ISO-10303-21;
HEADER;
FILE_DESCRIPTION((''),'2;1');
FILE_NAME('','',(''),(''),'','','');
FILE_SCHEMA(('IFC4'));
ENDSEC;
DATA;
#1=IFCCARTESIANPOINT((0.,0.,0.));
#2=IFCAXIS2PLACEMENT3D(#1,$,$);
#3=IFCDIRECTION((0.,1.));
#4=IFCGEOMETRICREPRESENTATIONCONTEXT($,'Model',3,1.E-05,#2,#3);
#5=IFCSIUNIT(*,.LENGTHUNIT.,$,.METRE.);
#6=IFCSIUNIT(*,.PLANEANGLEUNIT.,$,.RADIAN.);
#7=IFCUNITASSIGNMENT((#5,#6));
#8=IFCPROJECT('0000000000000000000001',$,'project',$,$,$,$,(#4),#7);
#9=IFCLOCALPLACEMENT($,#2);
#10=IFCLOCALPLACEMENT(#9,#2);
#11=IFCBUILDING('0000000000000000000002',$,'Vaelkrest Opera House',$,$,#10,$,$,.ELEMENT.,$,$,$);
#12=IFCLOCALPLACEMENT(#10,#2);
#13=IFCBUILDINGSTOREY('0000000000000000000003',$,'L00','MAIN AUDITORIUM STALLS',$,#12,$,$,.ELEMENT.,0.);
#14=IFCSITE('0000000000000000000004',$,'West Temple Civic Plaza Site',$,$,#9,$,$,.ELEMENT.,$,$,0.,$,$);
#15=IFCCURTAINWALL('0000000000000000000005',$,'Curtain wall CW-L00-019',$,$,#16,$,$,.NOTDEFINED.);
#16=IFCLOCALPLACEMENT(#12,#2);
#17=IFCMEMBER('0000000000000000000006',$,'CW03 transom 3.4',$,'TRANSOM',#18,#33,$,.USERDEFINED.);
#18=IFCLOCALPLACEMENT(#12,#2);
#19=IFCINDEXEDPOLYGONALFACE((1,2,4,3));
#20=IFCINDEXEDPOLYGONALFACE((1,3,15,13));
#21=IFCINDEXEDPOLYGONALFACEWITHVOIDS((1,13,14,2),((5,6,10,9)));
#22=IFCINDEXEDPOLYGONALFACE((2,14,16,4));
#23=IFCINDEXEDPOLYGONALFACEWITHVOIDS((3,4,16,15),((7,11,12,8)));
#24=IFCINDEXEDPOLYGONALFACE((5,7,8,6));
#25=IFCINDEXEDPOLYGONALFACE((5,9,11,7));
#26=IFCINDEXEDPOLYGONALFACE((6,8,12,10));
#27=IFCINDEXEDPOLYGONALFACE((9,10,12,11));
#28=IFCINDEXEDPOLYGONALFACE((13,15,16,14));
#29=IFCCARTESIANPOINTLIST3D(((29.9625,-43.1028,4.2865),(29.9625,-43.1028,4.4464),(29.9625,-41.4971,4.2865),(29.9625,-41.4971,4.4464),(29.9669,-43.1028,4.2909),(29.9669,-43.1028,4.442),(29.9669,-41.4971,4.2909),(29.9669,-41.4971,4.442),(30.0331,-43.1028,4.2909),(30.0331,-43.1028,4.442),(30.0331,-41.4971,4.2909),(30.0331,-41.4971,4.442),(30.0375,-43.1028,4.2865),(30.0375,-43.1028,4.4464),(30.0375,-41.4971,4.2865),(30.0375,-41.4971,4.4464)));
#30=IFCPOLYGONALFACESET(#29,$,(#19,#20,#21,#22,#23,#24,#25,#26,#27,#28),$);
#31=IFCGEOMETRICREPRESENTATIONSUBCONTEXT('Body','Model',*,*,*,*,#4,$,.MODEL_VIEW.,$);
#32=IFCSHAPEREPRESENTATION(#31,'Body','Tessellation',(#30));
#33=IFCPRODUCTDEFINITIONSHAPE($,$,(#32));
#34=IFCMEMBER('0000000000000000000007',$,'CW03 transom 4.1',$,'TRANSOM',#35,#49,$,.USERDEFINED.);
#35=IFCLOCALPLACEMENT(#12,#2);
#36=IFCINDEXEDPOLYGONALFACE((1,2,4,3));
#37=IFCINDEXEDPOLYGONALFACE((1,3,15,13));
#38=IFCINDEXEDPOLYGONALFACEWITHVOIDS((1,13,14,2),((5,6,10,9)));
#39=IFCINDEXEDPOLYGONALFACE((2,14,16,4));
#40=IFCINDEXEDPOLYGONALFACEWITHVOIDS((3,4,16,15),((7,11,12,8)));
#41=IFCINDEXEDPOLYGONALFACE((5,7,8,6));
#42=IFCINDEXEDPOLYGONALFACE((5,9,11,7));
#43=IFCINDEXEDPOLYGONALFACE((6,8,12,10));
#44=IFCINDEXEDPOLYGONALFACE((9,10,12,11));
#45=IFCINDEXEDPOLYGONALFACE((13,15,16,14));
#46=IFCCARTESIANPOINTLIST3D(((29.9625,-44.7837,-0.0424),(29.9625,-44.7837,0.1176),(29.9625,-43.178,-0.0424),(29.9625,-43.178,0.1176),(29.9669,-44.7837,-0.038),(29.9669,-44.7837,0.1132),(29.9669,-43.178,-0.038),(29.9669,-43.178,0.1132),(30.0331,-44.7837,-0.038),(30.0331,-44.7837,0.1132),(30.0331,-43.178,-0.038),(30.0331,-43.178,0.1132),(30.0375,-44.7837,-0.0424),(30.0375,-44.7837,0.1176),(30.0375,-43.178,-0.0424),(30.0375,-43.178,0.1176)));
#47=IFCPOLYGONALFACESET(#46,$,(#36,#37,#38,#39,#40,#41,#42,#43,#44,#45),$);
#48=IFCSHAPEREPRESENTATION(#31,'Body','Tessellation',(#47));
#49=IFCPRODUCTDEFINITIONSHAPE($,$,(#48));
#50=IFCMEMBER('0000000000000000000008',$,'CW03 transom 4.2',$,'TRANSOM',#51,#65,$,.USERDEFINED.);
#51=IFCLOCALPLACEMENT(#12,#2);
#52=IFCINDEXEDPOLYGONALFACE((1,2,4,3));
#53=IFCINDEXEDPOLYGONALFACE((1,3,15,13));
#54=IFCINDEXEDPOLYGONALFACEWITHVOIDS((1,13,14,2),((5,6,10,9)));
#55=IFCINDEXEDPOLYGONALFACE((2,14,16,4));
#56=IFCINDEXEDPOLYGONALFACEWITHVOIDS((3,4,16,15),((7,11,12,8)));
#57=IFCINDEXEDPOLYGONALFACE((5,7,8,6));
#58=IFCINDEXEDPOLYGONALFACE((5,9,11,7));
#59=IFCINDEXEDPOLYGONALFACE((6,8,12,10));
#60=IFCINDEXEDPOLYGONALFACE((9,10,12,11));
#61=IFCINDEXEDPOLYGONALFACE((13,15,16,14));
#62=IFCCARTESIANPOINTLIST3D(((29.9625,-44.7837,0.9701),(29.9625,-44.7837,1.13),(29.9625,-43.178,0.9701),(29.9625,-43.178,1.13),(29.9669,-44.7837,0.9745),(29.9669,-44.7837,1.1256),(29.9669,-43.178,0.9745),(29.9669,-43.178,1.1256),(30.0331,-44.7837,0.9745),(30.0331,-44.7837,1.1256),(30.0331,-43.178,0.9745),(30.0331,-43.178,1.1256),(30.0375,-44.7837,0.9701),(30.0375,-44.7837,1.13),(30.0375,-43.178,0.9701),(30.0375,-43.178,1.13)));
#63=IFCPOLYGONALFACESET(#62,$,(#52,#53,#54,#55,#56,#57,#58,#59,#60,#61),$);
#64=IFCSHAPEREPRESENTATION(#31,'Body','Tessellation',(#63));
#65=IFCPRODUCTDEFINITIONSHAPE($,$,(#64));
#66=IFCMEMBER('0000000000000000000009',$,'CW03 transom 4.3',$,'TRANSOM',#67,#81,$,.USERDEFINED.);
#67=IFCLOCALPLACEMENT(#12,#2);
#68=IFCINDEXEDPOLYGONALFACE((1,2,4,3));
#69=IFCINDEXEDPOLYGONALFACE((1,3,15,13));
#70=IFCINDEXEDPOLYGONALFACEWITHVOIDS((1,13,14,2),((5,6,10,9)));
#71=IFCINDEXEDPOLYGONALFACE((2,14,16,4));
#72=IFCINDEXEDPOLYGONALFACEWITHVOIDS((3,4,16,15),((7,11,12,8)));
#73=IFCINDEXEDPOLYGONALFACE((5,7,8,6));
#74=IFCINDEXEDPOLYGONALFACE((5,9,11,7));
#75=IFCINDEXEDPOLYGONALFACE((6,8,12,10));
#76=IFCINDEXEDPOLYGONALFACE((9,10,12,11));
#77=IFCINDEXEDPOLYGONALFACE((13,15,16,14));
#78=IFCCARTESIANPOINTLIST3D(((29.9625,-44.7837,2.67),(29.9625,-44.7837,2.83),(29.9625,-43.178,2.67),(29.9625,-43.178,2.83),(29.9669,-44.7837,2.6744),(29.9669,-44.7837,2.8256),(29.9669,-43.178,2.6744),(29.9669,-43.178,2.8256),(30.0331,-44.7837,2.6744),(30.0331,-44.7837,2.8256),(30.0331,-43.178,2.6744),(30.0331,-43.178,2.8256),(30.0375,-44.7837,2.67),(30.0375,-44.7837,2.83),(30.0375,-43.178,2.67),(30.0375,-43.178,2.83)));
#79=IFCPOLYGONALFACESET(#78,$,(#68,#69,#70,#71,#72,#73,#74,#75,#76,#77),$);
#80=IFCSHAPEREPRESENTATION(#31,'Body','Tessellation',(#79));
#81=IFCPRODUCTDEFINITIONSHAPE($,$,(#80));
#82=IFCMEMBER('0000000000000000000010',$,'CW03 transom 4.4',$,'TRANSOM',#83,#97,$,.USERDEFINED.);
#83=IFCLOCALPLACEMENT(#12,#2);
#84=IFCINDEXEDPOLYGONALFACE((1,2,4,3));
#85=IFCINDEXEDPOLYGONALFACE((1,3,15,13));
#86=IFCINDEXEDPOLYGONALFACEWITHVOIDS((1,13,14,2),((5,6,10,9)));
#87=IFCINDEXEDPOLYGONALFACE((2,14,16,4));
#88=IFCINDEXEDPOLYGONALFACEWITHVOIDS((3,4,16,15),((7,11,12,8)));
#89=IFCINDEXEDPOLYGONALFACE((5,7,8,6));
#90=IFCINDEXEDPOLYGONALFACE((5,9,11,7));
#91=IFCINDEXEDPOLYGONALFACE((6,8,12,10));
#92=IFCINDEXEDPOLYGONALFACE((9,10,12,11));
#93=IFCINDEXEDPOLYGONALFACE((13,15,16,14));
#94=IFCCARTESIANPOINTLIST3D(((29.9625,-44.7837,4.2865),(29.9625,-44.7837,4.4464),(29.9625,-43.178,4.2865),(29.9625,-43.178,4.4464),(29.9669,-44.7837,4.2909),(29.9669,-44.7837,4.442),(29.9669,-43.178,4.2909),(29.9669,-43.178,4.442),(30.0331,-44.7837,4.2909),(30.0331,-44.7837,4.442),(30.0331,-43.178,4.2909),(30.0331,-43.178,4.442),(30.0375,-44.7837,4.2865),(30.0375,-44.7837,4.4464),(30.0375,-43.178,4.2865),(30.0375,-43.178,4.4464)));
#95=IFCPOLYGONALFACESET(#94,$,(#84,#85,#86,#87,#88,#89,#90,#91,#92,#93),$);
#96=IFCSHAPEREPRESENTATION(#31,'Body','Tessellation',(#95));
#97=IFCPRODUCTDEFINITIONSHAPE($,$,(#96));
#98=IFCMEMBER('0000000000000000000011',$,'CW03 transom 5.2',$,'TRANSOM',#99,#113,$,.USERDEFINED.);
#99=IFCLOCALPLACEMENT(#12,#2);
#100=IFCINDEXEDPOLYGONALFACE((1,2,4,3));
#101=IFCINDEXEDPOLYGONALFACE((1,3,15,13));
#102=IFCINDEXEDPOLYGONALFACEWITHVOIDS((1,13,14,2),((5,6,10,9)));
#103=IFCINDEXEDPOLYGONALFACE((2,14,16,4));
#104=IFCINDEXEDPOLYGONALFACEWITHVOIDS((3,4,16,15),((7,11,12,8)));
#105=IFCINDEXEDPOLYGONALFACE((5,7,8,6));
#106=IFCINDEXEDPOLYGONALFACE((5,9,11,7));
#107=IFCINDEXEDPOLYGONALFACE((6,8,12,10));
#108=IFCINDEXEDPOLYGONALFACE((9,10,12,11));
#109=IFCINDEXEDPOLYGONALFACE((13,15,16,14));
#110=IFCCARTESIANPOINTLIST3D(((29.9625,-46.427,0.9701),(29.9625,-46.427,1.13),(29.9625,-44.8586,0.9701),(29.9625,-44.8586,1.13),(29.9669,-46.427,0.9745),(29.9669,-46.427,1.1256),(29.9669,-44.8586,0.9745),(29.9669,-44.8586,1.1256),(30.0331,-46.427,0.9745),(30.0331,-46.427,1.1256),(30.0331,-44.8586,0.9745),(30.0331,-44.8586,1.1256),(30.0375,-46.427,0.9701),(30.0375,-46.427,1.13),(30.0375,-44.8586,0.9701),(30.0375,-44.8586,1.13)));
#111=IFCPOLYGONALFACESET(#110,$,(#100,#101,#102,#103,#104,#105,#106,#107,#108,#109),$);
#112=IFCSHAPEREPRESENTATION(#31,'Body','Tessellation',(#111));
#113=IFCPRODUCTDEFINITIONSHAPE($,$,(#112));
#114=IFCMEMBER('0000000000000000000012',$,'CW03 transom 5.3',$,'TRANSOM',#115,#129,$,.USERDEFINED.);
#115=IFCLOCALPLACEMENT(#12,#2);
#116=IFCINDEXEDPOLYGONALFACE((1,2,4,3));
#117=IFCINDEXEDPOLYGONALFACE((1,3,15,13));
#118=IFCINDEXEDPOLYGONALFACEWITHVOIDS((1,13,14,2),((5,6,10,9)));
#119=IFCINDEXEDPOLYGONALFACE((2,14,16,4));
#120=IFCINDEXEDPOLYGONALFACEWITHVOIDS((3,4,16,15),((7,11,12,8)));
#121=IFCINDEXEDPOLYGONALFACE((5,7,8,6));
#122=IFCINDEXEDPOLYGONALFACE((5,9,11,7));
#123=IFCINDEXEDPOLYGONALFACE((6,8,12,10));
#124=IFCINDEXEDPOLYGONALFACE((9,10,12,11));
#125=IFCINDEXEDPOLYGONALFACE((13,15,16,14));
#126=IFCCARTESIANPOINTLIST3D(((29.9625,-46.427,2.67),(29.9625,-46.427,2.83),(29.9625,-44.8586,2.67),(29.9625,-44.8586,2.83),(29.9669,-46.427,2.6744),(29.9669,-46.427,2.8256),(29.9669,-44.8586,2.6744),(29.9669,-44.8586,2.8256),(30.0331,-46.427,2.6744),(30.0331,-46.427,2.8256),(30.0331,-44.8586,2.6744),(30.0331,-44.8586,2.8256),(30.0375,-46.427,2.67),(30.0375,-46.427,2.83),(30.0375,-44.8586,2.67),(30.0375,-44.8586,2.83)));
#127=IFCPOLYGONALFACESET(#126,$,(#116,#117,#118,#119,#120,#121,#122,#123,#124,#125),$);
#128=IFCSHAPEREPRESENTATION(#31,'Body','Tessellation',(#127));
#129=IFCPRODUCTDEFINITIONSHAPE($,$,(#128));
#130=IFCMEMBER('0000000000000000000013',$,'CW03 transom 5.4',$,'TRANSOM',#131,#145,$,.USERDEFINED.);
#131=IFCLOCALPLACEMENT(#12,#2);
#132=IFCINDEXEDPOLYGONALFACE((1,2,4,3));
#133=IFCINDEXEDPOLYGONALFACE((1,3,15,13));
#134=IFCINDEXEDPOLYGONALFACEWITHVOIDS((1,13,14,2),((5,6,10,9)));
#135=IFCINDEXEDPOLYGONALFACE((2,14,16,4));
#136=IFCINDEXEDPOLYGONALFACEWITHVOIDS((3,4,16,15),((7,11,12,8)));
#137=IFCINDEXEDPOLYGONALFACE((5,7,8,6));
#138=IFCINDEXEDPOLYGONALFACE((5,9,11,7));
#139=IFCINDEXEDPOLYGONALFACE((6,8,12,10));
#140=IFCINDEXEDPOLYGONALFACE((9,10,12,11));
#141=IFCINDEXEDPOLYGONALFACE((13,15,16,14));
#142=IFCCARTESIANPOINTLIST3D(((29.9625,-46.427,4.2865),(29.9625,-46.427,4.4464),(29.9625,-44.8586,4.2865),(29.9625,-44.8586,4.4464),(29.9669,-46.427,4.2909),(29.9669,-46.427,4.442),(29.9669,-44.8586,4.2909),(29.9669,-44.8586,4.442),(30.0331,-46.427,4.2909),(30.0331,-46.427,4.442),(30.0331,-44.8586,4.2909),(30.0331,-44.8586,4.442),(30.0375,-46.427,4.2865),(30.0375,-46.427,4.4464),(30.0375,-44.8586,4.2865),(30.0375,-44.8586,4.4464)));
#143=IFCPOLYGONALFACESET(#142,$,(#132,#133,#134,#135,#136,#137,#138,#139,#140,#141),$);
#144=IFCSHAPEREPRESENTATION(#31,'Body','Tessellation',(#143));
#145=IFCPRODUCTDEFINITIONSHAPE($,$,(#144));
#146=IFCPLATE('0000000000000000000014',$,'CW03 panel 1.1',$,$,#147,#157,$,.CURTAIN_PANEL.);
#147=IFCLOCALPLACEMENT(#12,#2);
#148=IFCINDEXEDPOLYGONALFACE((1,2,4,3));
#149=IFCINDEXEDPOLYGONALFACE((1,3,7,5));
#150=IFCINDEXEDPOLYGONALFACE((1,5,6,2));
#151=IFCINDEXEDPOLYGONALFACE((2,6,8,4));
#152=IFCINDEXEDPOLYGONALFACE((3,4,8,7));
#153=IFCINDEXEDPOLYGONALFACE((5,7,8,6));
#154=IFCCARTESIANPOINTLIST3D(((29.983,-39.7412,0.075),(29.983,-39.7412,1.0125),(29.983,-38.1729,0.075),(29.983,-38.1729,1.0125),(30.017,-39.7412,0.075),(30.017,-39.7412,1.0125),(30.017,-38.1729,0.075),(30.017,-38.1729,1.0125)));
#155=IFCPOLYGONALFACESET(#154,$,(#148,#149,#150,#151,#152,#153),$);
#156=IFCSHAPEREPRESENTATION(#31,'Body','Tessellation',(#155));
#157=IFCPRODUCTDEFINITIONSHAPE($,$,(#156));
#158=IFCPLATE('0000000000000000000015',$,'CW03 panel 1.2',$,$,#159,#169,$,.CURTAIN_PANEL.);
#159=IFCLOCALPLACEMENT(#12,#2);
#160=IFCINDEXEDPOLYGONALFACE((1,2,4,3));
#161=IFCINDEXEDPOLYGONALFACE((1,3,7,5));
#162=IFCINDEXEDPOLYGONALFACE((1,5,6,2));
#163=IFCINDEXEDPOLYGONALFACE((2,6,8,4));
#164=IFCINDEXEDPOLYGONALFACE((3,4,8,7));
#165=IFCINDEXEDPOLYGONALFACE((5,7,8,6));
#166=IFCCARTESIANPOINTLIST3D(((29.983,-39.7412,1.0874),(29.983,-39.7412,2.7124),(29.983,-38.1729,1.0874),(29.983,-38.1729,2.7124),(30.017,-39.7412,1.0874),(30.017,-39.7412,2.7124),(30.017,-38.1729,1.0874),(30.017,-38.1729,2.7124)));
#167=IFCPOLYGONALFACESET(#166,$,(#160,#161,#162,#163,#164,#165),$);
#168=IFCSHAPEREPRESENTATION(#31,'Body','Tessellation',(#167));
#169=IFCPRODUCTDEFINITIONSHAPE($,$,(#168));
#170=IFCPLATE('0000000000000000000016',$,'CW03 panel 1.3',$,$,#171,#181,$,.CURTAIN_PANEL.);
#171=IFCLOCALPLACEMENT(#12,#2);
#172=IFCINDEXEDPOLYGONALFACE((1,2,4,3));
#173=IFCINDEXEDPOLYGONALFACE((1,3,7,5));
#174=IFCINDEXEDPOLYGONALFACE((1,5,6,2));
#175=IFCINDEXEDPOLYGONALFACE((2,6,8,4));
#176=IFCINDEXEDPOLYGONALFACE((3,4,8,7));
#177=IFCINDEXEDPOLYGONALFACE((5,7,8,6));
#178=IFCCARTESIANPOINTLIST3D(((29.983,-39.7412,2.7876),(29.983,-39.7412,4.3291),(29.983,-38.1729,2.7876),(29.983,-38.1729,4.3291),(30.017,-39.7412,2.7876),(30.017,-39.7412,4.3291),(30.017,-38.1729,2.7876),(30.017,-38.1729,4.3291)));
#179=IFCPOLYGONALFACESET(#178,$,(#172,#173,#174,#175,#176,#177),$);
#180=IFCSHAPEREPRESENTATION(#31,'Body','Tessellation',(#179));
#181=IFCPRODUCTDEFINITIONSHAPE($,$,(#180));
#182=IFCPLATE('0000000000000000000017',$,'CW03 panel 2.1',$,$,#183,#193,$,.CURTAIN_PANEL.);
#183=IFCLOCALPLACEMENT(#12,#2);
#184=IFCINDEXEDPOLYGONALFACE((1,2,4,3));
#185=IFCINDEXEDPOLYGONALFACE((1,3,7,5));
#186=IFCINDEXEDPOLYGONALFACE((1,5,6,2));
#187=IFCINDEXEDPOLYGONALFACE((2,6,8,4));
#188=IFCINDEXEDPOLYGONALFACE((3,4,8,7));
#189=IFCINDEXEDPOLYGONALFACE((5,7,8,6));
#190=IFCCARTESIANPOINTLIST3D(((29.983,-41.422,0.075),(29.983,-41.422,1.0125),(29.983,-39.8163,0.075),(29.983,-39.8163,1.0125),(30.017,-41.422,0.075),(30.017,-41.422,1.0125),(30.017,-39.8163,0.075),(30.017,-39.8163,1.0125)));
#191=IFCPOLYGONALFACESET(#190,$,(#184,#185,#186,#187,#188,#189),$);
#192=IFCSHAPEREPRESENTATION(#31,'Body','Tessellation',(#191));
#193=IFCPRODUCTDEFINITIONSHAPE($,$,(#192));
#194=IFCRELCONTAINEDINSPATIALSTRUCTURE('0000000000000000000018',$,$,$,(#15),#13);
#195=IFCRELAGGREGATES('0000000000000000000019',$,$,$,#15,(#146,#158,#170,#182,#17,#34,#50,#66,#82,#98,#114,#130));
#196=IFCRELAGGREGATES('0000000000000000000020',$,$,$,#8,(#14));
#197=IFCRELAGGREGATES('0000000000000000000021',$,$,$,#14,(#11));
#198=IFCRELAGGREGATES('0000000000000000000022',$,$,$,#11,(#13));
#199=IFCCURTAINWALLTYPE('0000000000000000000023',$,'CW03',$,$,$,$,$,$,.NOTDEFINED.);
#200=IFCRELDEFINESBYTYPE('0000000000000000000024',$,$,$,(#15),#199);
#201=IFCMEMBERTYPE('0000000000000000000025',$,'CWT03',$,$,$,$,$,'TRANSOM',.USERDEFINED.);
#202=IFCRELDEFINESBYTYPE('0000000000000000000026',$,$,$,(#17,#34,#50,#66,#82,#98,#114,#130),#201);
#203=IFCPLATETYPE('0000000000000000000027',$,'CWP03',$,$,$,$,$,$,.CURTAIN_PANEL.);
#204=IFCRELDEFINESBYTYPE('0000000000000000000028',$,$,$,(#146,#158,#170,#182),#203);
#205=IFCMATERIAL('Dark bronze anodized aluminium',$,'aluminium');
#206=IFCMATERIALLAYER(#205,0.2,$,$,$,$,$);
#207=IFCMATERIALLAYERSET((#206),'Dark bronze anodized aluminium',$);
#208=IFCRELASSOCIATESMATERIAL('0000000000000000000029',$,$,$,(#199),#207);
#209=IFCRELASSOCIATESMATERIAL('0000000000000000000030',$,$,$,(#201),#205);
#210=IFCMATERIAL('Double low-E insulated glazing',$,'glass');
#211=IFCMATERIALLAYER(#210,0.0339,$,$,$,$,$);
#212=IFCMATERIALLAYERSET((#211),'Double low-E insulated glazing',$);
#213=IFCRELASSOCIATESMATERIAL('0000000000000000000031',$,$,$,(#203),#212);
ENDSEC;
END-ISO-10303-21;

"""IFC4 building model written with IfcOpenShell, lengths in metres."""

from ifc_helpers import new_model, si_unit, direction, frame, origin, origin_2d, place, context, subcontext, project, spatial, rectangle, hollow_rectangle, extrude, material, layer, layer_set, material_profile, profile_set, type_object, element, aggregate, save


model = new_model("IFC4")

# Units and contexts
model_context = context("Model", 3, precision=1e-05, world=origin(), true_north=direction((0.0, 1.0)))
body_context = subcontext(model_context, "Body", "Model", "MODEL_VIEW")
ifc_project = project(units=[si_unit("LENGTHUNIT", "METRE"), si_unit("PLANEANGLEUNIT", "RADIAN")], contexts=[model_context])

# Site, building, storey
site_placement = place(None, origin())
site = spatial("IfcSite", under=ifc_project, at=site_placement, Name="West Temple Civic Plaza Site", CompositionType="ELEMENT", RefElevation=0.0)
building_placement = place(site_placement, origin())
building = spatial("IfcBuilding", under=site, at=building_placement, Name="Vaelkrest Opera House", CompositionType="ELEMENT")
storey_placement = place(building_placement, origin())
storey = spatial("IfcBuildingStorey", under=building, at=storey_placement, Name="L00", Description="MAIN AUDITORIUM STALLS", CompositionType="ELEMENT", Elevation=0.0)

# Curtain wall, members, plates
ifc_material_1 = material(Name="Dark bronze anodized aluminium", Category="aluminium")
ifc_layer_1 = layer(ifc_material_1, 0.2)
ifc_layer_set_1 = layer_set([ifc_layer_1], Name="Dark bronze anodized aluminium")
curtain_wall_type = type_object("IfcCurtainWallType", Name="CW03", PredefinedType="NOTDEFINED", material=ifc_layer_set_1)
curtain_wall_placement = place(storey_placement, origin())
curtain_wall = element("IfcCurtainWall", 1, at=curtain_wall_placement, inside=storey, type_object=curtain_wall_type, Name="Curtain wall CW-L00-019", PredefinedType="NOTDEFINED")
ifc_material_profile_1 = material_profile(ifc_material_1, hollow_rectangle(XDim=0.075, YDim=0.1599, WallThickness=0.0044, at=origin_2d()), Name="CWT75X160")
ifc_profile_set_1 = profile_set([ifc_material_profile_1], Name="Dark bronze anodized aluminium")
member_type_1 = type_object("IfcMemberType", Name="CWT03", ElementType="TRANSOM", PredefinedType="USERDEFINED", material=ifc_profile_set_1)
member_1_placement = place(storey_placement, frame((30.0, -41.4971, 4.3665), z_axis=(0.0, -1.0, 0.0), x_axis=(1.0, 0.0, 0.0)))
member_1 = element("IfcMember", 2, at=member_1_placement, type_object=member_type_1, Name="CW03 transom 3.4", ObjectType="TRANSOM", PredefinedType="USERDEFINED", context=body_context, shape_type="SweptSolid", body=[
    extrude(hollow_rectangle(XDim=0.075, YDim=0.1599, WallThickness=0.0044, at=origin_2d()), origin(), (0.0, 0.0, 1.0), 1.6057),
])
member_2_placement = place(storey_placement, frame((30.0, -43.178, 0.0376), z_axis=(0.0, -1.0, 0.0), x_axis=(1.0, 0.0, 0.0)))
member_2 = element("IfcMember", 3, at=member_2_placement, type_object=member_type_1, Name="CW03 transom 4.1", ObjectType="TRANSOM", PredefinedType="USERDEFINED", context=body_context, shape_type="SweptSolid", body=[
    extrude(hollow_rectangle(XDim=0.075, YDim=0.1599, WallThickness=0.0044, at=origin_2d()), origin(), (0.0, 0.0, 1.0), 1.6057),
])
member_3_placement = place(storey_placement, frame((30.0, -43.178, 1.05), z_axis=(0.0, -1.0, 0.0), x_axis=(1.0, 0.0, 0.0)))
member_3 = element("IfcMember", 4, at=member_3_placement, type_object=member_type_1, Name="CW03 transom 4.2", ObjectType="TRANSOM", PredefinedType="USERDEFINED", context=body_context, shape_type="SweptSolid", body=[
    extrude(hollow_rectangle(XDim=0.075, YDim=0.1599, WallThickness=0.0044, at=origin_2d()), origin(), (0.0, 0.0, 1.0), 1.6057),
])
member_4_placement = place(storey_placement, frame((30.0, -43.178, 2.75), z_axis=(0.0, -1.0, 0.0), x_axis=(1.0, 0.0, 0.0)))
member_4 = element("IfcMember", 5, at=member_4_placement, type_object=member_type_1, Name="CW03 transom 4.3", ObjectType="TRANSOM", PredefinedType="USERDEFINED", context=body_context, shape_type="SweptSolid", body=[
    extrude(hollow_rectangle(XDim=0.075, YDim=0.1599, WallThickness=0.0044, at=origin_2d()), origin(), (0.0, 0.0, 1.0), 1.6057),
])
member_5_placement = place(storey_placement, frame((30.0, -43.178, 4.3665), z_axis=(0.0, -1.0, 0.0), x_axis=(1.0, 0.0, 0.0)))
member_5 = element("IfcMember", 6, at=member_5_placement, type_object=member_type_1, Name="CW03 transom 4.4", ObjectType="TRANSOM", PredefinedType="USERDEFINED", context=body_context, shape_type="SweptSolid", body=[
    extrude(hollow_rectangle(XDim=0.075, YDim=0.1599, WallThickness=0.0044, at=origin_2d()), origin(), (0.0, 0.0, 1.0), 1.6057),
])
member_6_placement = place(storey_placement, frame((30.0, -44.8586, 1.05), z_axis=(0.0, -1.0, 0.0), x_axis=(1.0, 0.0, 0.0)))
member_6 = element("IfcMember", 7, at=member_6_placement, type_object=member_type_1, Name="CW03 transom 5.2", ObjectType="TRANSOM", PredefinedType="USERDEFINED", context=body_context, shape_type="SweptSolid", body=[
    extrude(hollow_rectangle(XDim=0.075, YDim=0.1599, WallThickness=0.0044, at=origin_2d()), origin(), (0.0, 0.0, 1.0), 1.5684),
])
member_7_placement = place(storey_placement, frame((30.0, -44.8586, 2.75), z_axis=(0.0, -1.0, 0.0), x_axis=(1.0, 0.0, 0.0)))
member_7 = element("IfcMember", 8, at=member_7_placement, type_object=member_type_1, Name="CW03 transom 5.3", ObjectType="TRANSOM", PredefinedType="USERDEFINED", context=body_context, shape_type="SweptSolid", body=[
    extrude(hollow_rectangle(XDim=0.075, YDim=0.1599, WallThickness=0.0044, at=origin_2d()), origin(), (0.0, 0.0, 1.0), 1.5684),
])
member_8_placement = place(storey_placement, frame((30.0, -44.8586, 4.3665), z_axis=(0.0, -1.0, 0.0), x_axis=(1.0, 0.0, 0.0)))
member_8 = element("IfcMember", 9, at=member_8_placement, type_object=member_type_1, Name="CW03 transom 5.4", ObjectType="TRANSOM", PredefinedType="USERDEFINED", context=body_context, shape_type="SweptSolid", body=[
    extrude(hollow_rectangle(XDim=0.075, YDim=0.1599, WallThickness=0.0044, at=origin_2d()), origin(), (0.0, 0.0, 1.0), 1.5684),
])
ifc_material_2 = material(Name="Double low-E insulated glazing", Category="glass")
ifc_layer_2 = layer(ifc_material_2, 0.0339)
ifc_layer_set_2 = layer_set([ifc_layer_2], Name="Double low-E insulated glazing")
plate_type = type_object("IfcPlateType", Name="CWP03", PredefinedType="CURTAIN_PANEL", material=ifc_layer_set_2)
plate_1_placement = place(storey_placement, frame((30.0, -38.957, 0.075), z_axis=(0.0, 0.0, 1.0), x_axis=(0.0, -1.0, 0.0)))
plate_1 = element("IfcPlate", 10, at=plate_1_placement, type_object=plate_type, Name="CW03 panel 1.1", PredefinedType="CURTAIN_PANEL", context=body_context, shape_type="SweptSolid", body=[
    extrude(rectangle(XDim=1.5684, YDim=0.0339, at=origin_2d()), origin(), (0.0, 0.0, 1.0), 0.9375),
])
plate_2_placement = place(storey_placement, frame((30.0, -38.957, 1.0874), z_axis=(0.0, 0.0, 1.0), x_axis=(0.0, -1.0, 0.0)))
plate_2 = element("IfcPlate", 11, at=plate_2_placement, type_object=plate_type, Name="CW03 panel 1.2", PredefinedType="CURTAIN_PANEL", context=body_context, shape_type="SweptSolid", body=[
    extrude(rectangle(XDim=1.5684, YDim=0.0339, at=origin_2d()), origin(), (0.0, 0.0, 1.0), 1.625),
])
plate_3_placement = place(storey_placement, frame((30.0, -38.957, 2.7876), z_axis=(0.0, 0.0, 1.0), x_axis=(0.0, -1.0, 0.0)))
plate_3 = element("IfcPlate", 12, at=plate_3_placement, type_object=plate_type, Name="CW03 panel 1.3", PredefinedType="CURTAIN_PANEL", context=body_context, shape_type="SweptSolid", body=[
    extrude(rectangle(XDim=1.5684, YDim=0.0339, at=origin_2d()), origin(), (0.0, 0.0, 1.0), 1.5415),
])
plate_4_placement = place(storey_placement, frame((30.0, -40.6191, 0.075), z_axis=(0.0, 0.0, 1.0), x_axis=(0.0, -1.0, 0.0)))
plate_4 = element("IfcPlate", 13, at=plate_4_placement, type_object=plate_type, Name="CW03 panel 2.1", PredefinedType="CURTAIN_PANEL", context=body_context, shape_type="SweptSolid", body=[
    extrude(rectangle(XDim=1.6057, YDim=0.0339, at=origin_2d()), origin(), (0.0, 0.0, 1.0), 0.9375),
])
aggregate(curtain_wall, [plate_1, plate_2, plate_3, plate_4, member_1, member_2, member_3, member_4, member_5, member_6, member_7, member_8])

save(model, "model.ifc")
